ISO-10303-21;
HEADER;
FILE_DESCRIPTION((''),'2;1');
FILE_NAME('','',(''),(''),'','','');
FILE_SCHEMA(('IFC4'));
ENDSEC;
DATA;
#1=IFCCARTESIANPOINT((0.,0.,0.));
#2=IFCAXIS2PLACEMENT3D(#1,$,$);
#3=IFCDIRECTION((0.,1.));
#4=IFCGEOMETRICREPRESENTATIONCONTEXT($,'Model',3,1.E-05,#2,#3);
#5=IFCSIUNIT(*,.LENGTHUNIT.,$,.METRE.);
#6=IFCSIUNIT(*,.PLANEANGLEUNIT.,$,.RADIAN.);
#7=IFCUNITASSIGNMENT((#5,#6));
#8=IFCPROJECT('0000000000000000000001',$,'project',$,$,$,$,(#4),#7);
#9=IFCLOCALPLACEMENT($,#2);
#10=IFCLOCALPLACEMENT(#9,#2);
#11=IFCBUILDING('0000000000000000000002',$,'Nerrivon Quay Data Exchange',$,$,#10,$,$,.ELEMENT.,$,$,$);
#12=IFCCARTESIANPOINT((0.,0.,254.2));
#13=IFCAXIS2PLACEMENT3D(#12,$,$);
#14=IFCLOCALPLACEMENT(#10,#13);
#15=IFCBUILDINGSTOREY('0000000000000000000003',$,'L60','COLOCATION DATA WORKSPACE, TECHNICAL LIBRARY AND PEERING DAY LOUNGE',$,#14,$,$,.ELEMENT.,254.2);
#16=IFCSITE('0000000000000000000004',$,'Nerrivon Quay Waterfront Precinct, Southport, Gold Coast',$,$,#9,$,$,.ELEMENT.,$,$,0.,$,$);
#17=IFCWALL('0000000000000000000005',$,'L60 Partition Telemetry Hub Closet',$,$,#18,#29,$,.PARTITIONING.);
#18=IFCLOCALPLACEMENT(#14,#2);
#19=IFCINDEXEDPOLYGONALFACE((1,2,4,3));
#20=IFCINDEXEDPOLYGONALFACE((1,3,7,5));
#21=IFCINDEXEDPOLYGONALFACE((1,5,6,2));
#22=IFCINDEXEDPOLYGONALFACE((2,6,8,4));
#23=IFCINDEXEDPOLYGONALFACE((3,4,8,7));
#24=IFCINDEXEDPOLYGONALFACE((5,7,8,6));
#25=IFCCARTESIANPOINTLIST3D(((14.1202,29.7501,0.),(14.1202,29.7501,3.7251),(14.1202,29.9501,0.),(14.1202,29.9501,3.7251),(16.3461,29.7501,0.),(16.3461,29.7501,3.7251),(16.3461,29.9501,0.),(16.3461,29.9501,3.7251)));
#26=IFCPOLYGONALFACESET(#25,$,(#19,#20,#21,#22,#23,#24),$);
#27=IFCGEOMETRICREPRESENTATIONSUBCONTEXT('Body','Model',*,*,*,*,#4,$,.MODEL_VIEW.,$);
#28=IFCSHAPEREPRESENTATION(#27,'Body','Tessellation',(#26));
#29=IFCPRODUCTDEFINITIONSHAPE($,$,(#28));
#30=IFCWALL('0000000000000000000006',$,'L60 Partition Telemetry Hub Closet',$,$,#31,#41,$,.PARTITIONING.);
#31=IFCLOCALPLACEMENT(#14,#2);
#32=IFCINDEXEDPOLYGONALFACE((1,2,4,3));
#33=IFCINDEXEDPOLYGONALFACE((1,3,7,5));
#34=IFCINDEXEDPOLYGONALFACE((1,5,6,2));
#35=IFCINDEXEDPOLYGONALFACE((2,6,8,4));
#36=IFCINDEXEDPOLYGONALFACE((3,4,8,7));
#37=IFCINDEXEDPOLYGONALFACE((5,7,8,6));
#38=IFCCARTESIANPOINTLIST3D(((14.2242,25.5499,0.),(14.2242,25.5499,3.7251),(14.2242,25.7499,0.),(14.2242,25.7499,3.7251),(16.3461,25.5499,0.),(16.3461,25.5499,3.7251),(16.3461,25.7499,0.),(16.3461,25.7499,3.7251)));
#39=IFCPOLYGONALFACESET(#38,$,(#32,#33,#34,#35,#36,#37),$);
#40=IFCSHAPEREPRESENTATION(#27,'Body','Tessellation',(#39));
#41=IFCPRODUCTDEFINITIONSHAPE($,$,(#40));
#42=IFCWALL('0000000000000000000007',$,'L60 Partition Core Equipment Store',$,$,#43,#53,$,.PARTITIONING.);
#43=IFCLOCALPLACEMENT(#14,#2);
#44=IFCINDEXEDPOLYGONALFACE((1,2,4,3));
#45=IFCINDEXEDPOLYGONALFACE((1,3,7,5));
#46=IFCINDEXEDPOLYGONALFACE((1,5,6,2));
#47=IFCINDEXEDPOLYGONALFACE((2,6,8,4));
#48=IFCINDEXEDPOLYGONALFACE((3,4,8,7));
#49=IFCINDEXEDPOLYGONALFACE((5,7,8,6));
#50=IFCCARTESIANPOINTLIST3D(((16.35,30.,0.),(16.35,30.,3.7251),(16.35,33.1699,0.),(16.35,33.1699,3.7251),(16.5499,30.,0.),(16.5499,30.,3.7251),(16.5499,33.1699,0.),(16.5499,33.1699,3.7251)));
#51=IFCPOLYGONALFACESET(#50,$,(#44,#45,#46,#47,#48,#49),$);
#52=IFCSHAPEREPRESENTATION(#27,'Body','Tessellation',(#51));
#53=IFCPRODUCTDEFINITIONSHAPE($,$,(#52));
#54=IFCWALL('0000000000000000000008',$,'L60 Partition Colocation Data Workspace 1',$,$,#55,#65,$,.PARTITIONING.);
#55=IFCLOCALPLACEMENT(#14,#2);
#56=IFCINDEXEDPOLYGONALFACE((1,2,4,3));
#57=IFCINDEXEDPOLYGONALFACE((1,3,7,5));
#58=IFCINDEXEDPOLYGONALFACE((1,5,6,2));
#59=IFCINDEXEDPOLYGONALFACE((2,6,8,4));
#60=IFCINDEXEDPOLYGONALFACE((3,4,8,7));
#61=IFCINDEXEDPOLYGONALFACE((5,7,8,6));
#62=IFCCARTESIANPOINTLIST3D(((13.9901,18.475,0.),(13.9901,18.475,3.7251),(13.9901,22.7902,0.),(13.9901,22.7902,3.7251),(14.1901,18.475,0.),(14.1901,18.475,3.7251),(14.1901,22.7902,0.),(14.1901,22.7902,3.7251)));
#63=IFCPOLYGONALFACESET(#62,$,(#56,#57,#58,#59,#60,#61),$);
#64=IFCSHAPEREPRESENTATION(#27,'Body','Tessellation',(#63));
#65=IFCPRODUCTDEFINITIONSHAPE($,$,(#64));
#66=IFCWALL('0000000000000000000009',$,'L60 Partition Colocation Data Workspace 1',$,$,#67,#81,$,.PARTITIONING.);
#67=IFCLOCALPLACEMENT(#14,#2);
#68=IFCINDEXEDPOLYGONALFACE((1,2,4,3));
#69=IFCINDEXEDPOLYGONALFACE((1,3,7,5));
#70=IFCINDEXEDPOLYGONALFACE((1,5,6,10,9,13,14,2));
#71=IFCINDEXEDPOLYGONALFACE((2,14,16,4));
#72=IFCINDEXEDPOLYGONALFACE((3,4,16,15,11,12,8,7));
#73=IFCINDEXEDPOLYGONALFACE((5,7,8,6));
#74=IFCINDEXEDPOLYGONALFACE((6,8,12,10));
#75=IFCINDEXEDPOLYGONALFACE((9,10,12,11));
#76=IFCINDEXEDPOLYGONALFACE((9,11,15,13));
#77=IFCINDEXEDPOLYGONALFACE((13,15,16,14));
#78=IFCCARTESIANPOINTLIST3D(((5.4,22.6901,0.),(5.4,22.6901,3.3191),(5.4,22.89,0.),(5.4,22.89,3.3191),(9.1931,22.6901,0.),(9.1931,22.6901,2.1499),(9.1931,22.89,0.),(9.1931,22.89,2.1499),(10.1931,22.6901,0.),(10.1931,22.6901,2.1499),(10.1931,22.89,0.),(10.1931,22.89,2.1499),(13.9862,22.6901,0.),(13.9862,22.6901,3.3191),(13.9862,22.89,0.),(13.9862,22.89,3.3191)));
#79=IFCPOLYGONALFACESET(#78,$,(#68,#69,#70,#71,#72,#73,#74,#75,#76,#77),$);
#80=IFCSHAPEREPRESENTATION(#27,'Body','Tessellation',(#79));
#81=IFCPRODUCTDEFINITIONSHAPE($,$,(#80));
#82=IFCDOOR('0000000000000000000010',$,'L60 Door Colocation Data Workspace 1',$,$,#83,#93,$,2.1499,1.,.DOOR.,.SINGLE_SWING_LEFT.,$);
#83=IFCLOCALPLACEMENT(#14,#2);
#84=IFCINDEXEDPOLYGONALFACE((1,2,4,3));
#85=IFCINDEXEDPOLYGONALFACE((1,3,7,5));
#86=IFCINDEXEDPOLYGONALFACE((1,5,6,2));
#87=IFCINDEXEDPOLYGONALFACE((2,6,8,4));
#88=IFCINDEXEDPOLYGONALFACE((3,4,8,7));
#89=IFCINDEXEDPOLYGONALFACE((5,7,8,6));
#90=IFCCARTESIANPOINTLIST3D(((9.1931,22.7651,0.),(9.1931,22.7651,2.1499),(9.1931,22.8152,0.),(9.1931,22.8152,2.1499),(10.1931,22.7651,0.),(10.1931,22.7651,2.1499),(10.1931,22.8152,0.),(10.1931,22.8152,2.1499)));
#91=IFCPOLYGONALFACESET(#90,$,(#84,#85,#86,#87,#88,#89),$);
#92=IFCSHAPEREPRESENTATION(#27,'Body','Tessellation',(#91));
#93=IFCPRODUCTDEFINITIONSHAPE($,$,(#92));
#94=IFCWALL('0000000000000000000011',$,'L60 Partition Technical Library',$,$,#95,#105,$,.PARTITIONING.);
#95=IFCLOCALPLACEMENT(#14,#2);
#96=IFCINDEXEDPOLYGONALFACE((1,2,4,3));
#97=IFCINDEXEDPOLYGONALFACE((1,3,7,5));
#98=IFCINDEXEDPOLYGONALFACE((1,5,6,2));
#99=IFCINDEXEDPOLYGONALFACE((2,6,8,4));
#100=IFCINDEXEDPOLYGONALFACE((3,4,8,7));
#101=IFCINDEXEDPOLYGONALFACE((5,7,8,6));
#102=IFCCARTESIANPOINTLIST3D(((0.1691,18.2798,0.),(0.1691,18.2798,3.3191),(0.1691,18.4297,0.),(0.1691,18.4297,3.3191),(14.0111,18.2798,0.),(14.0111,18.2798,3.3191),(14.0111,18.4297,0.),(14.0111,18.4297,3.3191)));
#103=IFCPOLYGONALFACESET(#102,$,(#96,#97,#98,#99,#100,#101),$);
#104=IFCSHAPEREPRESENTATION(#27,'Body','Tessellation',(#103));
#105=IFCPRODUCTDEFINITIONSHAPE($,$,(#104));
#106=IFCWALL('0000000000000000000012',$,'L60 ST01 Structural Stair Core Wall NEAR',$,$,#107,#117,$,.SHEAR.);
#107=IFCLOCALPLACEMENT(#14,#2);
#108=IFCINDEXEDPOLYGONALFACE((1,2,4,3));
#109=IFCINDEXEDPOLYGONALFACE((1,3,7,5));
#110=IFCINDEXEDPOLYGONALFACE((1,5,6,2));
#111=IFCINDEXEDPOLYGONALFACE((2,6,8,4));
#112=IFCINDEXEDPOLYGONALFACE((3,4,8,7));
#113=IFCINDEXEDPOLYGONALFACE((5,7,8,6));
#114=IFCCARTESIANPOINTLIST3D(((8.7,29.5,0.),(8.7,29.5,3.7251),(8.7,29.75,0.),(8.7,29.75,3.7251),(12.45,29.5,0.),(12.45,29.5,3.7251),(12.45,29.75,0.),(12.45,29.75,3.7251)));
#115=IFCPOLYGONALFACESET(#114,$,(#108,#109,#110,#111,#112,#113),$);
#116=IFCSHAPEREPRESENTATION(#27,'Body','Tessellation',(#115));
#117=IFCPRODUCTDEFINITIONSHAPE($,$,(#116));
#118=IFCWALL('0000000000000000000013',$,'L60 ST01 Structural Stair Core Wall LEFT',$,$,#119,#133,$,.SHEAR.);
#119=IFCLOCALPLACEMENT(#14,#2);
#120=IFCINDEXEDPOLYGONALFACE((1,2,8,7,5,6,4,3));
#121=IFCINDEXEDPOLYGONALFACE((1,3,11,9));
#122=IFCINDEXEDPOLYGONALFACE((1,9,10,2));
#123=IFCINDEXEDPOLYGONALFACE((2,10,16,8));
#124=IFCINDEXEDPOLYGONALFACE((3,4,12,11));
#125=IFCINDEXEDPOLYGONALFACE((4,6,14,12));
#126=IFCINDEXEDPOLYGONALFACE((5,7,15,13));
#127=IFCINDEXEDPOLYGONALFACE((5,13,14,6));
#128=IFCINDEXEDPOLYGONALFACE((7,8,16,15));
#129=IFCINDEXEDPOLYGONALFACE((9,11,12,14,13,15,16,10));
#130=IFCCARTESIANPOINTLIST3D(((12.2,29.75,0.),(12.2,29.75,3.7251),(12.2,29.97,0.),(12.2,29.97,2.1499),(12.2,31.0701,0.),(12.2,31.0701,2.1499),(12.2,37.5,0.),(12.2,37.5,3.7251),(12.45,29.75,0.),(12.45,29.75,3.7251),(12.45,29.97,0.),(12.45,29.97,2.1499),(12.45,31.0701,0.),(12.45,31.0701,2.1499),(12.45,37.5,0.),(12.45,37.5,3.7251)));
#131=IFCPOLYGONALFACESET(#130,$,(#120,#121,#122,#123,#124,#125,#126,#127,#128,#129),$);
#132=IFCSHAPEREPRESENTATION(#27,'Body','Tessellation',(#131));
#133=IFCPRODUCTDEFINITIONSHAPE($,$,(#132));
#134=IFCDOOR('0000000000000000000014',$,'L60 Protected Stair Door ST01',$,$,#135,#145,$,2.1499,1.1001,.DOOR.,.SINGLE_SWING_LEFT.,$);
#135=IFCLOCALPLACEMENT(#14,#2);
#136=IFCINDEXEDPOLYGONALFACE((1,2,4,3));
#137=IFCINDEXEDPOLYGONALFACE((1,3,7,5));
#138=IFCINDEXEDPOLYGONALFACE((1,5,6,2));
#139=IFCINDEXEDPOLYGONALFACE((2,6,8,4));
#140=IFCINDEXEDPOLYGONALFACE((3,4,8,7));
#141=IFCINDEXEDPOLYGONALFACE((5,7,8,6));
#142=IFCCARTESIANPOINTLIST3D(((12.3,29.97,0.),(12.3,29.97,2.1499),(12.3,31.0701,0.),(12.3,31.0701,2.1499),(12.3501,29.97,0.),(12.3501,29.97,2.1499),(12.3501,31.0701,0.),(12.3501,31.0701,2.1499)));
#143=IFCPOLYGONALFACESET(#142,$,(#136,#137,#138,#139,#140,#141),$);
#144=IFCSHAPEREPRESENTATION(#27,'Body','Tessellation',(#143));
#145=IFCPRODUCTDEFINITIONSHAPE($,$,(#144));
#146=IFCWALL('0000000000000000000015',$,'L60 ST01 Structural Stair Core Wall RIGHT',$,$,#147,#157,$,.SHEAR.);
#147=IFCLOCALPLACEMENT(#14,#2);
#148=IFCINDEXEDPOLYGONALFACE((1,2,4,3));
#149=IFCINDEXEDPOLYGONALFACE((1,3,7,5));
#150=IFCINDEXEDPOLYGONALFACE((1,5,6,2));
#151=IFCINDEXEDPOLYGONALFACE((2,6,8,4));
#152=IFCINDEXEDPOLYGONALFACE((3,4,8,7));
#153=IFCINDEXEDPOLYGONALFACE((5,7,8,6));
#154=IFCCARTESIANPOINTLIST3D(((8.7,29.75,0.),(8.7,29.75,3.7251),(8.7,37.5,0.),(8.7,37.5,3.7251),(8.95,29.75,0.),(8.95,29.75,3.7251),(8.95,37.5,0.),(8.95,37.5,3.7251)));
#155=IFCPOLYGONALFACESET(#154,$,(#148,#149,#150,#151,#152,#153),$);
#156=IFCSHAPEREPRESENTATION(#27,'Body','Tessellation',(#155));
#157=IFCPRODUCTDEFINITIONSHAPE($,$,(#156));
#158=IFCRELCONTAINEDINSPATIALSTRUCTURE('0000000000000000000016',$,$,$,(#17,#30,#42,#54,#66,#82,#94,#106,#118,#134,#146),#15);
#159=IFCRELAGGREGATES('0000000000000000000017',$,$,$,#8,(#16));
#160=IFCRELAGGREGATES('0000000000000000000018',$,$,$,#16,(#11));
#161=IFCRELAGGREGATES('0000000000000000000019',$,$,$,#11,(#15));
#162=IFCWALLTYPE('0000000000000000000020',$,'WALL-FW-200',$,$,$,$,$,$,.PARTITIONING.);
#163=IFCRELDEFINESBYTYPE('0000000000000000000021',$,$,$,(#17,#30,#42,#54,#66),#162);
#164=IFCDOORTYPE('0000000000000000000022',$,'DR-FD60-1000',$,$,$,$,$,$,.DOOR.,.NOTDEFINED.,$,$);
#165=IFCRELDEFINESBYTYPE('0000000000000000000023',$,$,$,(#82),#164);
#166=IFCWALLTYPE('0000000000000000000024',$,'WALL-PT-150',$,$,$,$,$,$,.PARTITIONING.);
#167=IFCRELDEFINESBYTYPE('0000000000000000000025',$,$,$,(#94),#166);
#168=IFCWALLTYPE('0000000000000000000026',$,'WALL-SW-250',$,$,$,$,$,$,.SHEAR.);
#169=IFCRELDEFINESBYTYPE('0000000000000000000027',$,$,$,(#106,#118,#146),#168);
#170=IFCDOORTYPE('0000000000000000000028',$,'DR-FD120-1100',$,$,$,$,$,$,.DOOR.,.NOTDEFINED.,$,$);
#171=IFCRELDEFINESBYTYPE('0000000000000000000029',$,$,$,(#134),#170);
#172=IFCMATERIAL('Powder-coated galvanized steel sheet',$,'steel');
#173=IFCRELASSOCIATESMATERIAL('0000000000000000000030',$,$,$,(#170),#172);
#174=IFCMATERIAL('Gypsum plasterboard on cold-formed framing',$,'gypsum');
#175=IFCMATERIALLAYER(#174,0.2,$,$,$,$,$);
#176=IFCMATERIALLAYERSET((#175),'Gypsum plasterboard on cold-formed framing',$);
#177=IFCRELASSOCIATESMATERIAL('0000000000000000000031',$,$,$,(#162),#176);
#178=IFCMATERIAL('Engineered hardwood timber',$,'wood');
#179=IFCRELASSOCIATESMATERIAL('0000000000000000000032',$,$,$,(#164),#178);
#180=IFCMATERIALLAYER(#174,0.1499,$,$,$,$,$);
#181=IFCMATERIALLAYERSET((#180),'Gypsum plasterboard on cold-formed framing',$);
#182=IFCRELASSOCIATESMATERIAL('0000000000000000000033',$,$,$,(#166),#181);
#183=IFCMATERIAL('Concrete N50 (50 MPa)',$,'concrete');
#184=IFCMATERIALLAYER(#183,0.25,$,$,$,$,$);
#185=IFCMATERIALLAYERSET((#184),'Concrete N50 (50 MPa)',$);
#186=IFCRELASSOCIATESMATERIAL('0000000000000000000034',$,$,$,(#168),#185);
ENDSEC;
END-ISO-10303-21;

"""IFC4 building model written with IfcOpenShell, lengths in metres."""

from ifc_helpers import new_model, si_unit, direction, frame, frame_2d, origin, place, context, subcontext, project, spatial, rectangle, extrude, material, layer, layer_set, type_object, element, fill, save


model = new_model("IFC4")

# Units and contexts
model_context = context("Model", 3, precision=1e-05, world=origin(), true_north=direction((0.0, 1.0)))
body_context = subcontext(model_context, "Body", "Model", "MODEL_VIEW")
ifc_project = project(units=[si_unit("LENGTHUNIT", "METRE"), si_unit("PLANEANGLEUNIT", "RADIAN")], contexts=[model_context])

# Site, building, storey
site_placement = place(None, origin())
site = spatial("IfcSite", under=ifc_project, at=site_placement, Name="Nerrivon Quay Waterfront Precinct, Southport, Gold Coast", CompositionType="ELEMENT", RefElevation=0.0)
building_placement = place(site_placement, origin())
building = spatial("IfcBuilding", under=site, at=building_placement, Name="Nerrivon Quay Data Exchange", CompositionType="ELEMENT")
storey_placement = place(building_placement, frame((0.0, 0.0, 254.2)))
storey = spatial("IfcBuildingStorey", under=building, at=storey_placement, Name="L60", Description="COLOCATION DATA WORKSPACE, TECHNICAL LIBRARY AND PEERING DAY LOUNGE", CompositionType="ELEMENT", Elevation=254.2)

# Shared definitions
ifc_material_1 = material(Name="Concrete N50 (50 MPa)", Category="concrete")

# Shared definitions
ifc_material_2 = material(Name="Powder-coated galvanized steel sheet", Category="steel")
door_type_1 = type_object("IfcDoorType", Name="DR-FD120-1100", OperationType="NOTDEFINED", PredefinedType="DOOR", material=ifc_material_2)
ifc_material_3 = material(Name="Gypsum plasterboard on cold-formed framing", Category="gypsum")
ifc_layer_1 = layer(ifc_material_3, 0.2)
ifc_layer_set_1 = layer_set([ifc_layer_1], Name="Gypsum plasterboard on cold-formed framing")
wall_type_1 = type_object("IfcWallType", Name="WALL-FW-200", PredefinedType="PARTITIONING", material=ifc_layer_set_1)

# Wall
wall_1_placement = place(storey_placement, frame((16.3459, 29.8501, 0.0), z_axis=(0.0, 0.0, 1.0), x_axis=(-1.0, 0.0, 0.0)))
element("IfcWall", 1, at=wall_1_placement, inside=storey, type_object=wall_type_1, Name="L60 Partition Telemetry Hub Closet", PredefinedType="PARTITIONING", context=body_context, shape_type="SweptSolid", body=[
    extrude(rectangle(XDim=2.2258, YDim=0.2, at=frame_2d((1.1128, 0.0))), origin(), (0.0, 0.0, 1.0), 3.7251),
])

# Shared definitions
ifc_material_4 = material(Name="Engineered hardwood timber", Category="wood")

# Walls
wall_2_placement = place(storey_placement, frame((14.2241, 25.6499, 0.0), z_axis=(0.0, 0.0, 1.0), x_axis=(1.0, 0.0, 0.0)))
element("IfcWall", 2, at=wall_2_placement, inside=storey, type_object=wall_type_1, Name="L60 Partition Telemetry Hub Closet", PredefinedType="PARTITIONING", context=body_context, shape_type="SweptSolid", body=[
    extrude(rectangle(XDim=2.1218, YDim=0.2, at=frame_2d((1.061, 0.0))), origin(), (0.0, 0.0, 1.0), 3.7251),
])
wall_3_placement = place(storey_placement, frame((16.45, 30.0, 0.0), z_axis=(0.0, 0.0, 1.0), x_axis=(0.0, 1.0, 0.0)))
element("IfcWall", 3, at=wall_3_placement, inside=storey, type_object=wall_type_1, Name="L60 Partition Core Equipment Store", PredefinedType="PARTITIONING", context=body_context, shape_type="SweptSolid", body=[
    extrude(rectangle(XDim=3.1699, YDim=0.2, at=frame_2d((1.585, 0.0))), origin(), (0.0, 0.0, 1.0), 3.7251),
])
wall_4_placement = place(storey_placement, frame((14.0901, 18.4749, 0.0), z_axis=(0.0, 0.0, 1.0), x_axis=(0.0, 1.0, 0.0)))
element("IfcWall", 4, at=wall_4_placement, inside=storey, type_object=wall_type_1, Name="L60 Partition Colocation Data Workspace 1", PredefinedType="PARTITIONING", context=body_context, shape_type="SweptSolid", body=[
    extrude(rectangle(XDim=4.3152, YDim=0.2, at=frame_2d((2.1577, 0.0))), origin(), (0.0, 0.0, 1.0), 3.7251),
])

# Wall, opening, door
wall_5_placement = place(storey_placement, frame((13.9861, 22.79, 0.0), z_axis=(0.0, 0.0, 1.0), x_axis=(-1.0, 0.0, 0.0)))
wall_5 = element("IfcWall", 5, at=wall_5_placement, inside=storey, type_object=wall_type_1, Name="L60 Partition Colocation Data Workspace 1", PredefinedType="PARTITIONING", context=body_context, shape_type="SweptSolid", body=[
    extrude(rectangle(XDim=8.5862, YDim=0.2, at=frame_2d((4.293, 0.0))), origin(), (0.0, 0.0, 1.0), 3.3191),
])
opening_1_placement = place(wall_5_placement, frame((3.793, 0.0, 0.0)))
opening_1 = element("IfcOpeningElement", 6, at=opening_1_placement, cuts=wall_5, PredefinedType="OPENING", context=body_context, shape_type="SweptSolid", body=[
    extrude(rectangle(XDim=1.0, YDim=2.1499, at=frame_2d((0.5, 1.075))), frame((0.0, 0.1099, 0.0), z_axis=(0.0, -1.0, 0.0), x_axis=(1.0, 0.0, 0.0)), (0.0, 0.0, 1.0), 0.22),
])
door_type_2 = type_object("IfcDoorType", Name="DR-FD60-1000", OperationType="NOTDEFINED", PredefinedType="DOOR", material=ifc_material_4)
door_1_placement = place(opening_1_placement, origin())
door_1 = element("IfcDoor", 7, at=door_1_placement, inside=storey, type_object=door_type_2, Name="L60 Door Colocation Data Workspace 1", OperationType="SINGLE_SWING_LEFT", OverallHeight=2.1499, OverallWidth=1.0, PredefinedType="DOOR", context=body_context, shape_type="SweptSolid", body=[
    extrude(rectangle(XDim=1.0, YDim=2.1499, at=frame_2d((0.5, 1.075))), frame((0.0, 0.0249, 0.0), z_axis=(0.0, -1.0, 0.0), x_axis=(1.0, 0.0, 0.0)), (0.0, 0.0, 1.0), 0.05),
])
fill(opening_1, door_1)

# Walls
ifc_layer_2 = layer(ifc_material_3, 0.1499)
ifc_layer_set_2 = layer_set([ifc_layer_2], Name="Gypsum plasterboard on cold-formed framing")
wall_type_2 = type_object("IfcWallType", Name="WALL-PT-150", PredefinedType="PARTITIONING", material=ifc_layer_set_2)
wall_6_placement = place(storey_placement, frame((14.011, 18.3547, 0.0), z_axis=(0.0, 0.0, 1.0), x_axis=(-1.0, 0.0, 0.0)))
element("IfcWall", 8, at=wall_6_placement, inside=storey, type_object=wall_type_2, Name="L60 Partition Technical Library", PredefinedType="PARTITIONING", context=body_context, shape_type="SweptSolid", body=[
    extrude(rectangle(XDim=13.842, YDim=0.1499, at=frame_2d((6.9209, 0.0))), origin(), (0.0, 0.0, 1.0), 3.3191),
])
ifc_layer_3 = layer(ifc_material_1, 0.25)
ifc_layer_set_3 = layer_set([ifc_layer_3], Name="Concrete N50 (50 MPa)")
wall_type_3 = type_object("IfcWallType", Name="WALL-SW-250", PredefinedType="SHEAR", material=ifc_layer_set_3)
wall_7_placement = place(storey_placement, frame((12.45, 29.625, 0.0), z_axis=(0.0, 0.0, 1.0), x_axis=(-1.0, 0.0, 0.0)))
element("IfcWall", 9, at=wall_7_placement, inside=storey, type_object=wall_type_3, Name="L60 ST01 Structural Stair Core Wall NEAR", PredefinedType="SHEAR", context=body_context, shape_type="SweptSolid", body=[
    extrude(rectangle(XDim=3.75, YDim=0.25, at=frame_2d((1.875, 0.0))), origin(), (0.0, 0.0, 1.0), 3.7251),
])

# Wall, opening, door
wall_8_placement = place(storey_placement, frame((12.325, 29.75, 0.0), z_axis=(0.0, 0.0, 1.0), x_axis=(0.0, 1.0, 0.0)))
wall_8 = element("IfcWall", 10, at=wall_8_placement, inside=storey, type_object=wall_type_3, Name="L60 ST01 Structural Stair Core Wall LEFT", PredefinedType="SHEAR", context=body_context, shape_type="SweptSolid", body=[
    extrude(rectangle(XDim=7.75, YDim=0.25, at=frame_2d((3.875, 0.0))), origin(), (0.0, 0.0, 1.0), 3.7251),
])
opening_2_placement = place(wall_8_placement, frame((0.22, 0.0, 0.0)))
opening_2 = element("IfcOpeningElement", 11, at=opening_2_placement, cuts=wall_8, PredefinedType="OPENING", context=body_context, shape_type="SweptSolid", body=[
    extrude(rectangle(XDim=1.1001, YDim=2.1499, at=frame_2d((0.55, 1.075))), frame((0.0, 0.135, 0.0), z_axis=(0.0, -1.0, 0.0), x_axis=(1.0, 0.0, 0.0)), (0.0, 0.0, 1.0), 0.27),
])
door_2_placement = place(opening_2_placement, origin())
door_2 = element("IfcDoor", 12, at=door_2_placement, inside=storey, type_object=door_type_1, Name="L60 Protected Stair Door ST01", OperationType="SINGLE_SWING_LEFT", OverallHeight=2.1499, OverallWidth=1.1001, PredefinedType="DOOR", context=body_context, shape_type="SweptSolid", body=[
    extrude(rectangle(XDim=1.1001, YDim=2.1499, at=frame_2d((0.55, 1.075))), frame((0.0, 0.0249, 0.0), z_axis=(0.0, -1.0, 0.0), x_axis=(1.0, 0.0, 0.0)), (0.0, 0.0, 1.0), 0.05),
])
fill(opening_2, door_2)

# Wall
wall_9_placement = place(storey_placement, frame((8.825, 29.75, 0.0), z_axis=(0.0, 0.0, 1.0), x_axis=(0.0, 1.0, 0.0)))
element("IfcWall", 13, at=wall_9_placement, inside=storey, type_object=wall_type_3, Name="L60 ST01 Structural Stair Core Wall RIGHT", PredefinedType="SHEAR", context=body_context, shape_type="SweptSolid", body=[
    extrude(rectangle(XDim=7.75, YDim=0.25, at=frame_2d((3.875, 0.0))), origin(), (0.0, 0.0, 1.0), 3.7251),
])

save(model, "model.ifc")
